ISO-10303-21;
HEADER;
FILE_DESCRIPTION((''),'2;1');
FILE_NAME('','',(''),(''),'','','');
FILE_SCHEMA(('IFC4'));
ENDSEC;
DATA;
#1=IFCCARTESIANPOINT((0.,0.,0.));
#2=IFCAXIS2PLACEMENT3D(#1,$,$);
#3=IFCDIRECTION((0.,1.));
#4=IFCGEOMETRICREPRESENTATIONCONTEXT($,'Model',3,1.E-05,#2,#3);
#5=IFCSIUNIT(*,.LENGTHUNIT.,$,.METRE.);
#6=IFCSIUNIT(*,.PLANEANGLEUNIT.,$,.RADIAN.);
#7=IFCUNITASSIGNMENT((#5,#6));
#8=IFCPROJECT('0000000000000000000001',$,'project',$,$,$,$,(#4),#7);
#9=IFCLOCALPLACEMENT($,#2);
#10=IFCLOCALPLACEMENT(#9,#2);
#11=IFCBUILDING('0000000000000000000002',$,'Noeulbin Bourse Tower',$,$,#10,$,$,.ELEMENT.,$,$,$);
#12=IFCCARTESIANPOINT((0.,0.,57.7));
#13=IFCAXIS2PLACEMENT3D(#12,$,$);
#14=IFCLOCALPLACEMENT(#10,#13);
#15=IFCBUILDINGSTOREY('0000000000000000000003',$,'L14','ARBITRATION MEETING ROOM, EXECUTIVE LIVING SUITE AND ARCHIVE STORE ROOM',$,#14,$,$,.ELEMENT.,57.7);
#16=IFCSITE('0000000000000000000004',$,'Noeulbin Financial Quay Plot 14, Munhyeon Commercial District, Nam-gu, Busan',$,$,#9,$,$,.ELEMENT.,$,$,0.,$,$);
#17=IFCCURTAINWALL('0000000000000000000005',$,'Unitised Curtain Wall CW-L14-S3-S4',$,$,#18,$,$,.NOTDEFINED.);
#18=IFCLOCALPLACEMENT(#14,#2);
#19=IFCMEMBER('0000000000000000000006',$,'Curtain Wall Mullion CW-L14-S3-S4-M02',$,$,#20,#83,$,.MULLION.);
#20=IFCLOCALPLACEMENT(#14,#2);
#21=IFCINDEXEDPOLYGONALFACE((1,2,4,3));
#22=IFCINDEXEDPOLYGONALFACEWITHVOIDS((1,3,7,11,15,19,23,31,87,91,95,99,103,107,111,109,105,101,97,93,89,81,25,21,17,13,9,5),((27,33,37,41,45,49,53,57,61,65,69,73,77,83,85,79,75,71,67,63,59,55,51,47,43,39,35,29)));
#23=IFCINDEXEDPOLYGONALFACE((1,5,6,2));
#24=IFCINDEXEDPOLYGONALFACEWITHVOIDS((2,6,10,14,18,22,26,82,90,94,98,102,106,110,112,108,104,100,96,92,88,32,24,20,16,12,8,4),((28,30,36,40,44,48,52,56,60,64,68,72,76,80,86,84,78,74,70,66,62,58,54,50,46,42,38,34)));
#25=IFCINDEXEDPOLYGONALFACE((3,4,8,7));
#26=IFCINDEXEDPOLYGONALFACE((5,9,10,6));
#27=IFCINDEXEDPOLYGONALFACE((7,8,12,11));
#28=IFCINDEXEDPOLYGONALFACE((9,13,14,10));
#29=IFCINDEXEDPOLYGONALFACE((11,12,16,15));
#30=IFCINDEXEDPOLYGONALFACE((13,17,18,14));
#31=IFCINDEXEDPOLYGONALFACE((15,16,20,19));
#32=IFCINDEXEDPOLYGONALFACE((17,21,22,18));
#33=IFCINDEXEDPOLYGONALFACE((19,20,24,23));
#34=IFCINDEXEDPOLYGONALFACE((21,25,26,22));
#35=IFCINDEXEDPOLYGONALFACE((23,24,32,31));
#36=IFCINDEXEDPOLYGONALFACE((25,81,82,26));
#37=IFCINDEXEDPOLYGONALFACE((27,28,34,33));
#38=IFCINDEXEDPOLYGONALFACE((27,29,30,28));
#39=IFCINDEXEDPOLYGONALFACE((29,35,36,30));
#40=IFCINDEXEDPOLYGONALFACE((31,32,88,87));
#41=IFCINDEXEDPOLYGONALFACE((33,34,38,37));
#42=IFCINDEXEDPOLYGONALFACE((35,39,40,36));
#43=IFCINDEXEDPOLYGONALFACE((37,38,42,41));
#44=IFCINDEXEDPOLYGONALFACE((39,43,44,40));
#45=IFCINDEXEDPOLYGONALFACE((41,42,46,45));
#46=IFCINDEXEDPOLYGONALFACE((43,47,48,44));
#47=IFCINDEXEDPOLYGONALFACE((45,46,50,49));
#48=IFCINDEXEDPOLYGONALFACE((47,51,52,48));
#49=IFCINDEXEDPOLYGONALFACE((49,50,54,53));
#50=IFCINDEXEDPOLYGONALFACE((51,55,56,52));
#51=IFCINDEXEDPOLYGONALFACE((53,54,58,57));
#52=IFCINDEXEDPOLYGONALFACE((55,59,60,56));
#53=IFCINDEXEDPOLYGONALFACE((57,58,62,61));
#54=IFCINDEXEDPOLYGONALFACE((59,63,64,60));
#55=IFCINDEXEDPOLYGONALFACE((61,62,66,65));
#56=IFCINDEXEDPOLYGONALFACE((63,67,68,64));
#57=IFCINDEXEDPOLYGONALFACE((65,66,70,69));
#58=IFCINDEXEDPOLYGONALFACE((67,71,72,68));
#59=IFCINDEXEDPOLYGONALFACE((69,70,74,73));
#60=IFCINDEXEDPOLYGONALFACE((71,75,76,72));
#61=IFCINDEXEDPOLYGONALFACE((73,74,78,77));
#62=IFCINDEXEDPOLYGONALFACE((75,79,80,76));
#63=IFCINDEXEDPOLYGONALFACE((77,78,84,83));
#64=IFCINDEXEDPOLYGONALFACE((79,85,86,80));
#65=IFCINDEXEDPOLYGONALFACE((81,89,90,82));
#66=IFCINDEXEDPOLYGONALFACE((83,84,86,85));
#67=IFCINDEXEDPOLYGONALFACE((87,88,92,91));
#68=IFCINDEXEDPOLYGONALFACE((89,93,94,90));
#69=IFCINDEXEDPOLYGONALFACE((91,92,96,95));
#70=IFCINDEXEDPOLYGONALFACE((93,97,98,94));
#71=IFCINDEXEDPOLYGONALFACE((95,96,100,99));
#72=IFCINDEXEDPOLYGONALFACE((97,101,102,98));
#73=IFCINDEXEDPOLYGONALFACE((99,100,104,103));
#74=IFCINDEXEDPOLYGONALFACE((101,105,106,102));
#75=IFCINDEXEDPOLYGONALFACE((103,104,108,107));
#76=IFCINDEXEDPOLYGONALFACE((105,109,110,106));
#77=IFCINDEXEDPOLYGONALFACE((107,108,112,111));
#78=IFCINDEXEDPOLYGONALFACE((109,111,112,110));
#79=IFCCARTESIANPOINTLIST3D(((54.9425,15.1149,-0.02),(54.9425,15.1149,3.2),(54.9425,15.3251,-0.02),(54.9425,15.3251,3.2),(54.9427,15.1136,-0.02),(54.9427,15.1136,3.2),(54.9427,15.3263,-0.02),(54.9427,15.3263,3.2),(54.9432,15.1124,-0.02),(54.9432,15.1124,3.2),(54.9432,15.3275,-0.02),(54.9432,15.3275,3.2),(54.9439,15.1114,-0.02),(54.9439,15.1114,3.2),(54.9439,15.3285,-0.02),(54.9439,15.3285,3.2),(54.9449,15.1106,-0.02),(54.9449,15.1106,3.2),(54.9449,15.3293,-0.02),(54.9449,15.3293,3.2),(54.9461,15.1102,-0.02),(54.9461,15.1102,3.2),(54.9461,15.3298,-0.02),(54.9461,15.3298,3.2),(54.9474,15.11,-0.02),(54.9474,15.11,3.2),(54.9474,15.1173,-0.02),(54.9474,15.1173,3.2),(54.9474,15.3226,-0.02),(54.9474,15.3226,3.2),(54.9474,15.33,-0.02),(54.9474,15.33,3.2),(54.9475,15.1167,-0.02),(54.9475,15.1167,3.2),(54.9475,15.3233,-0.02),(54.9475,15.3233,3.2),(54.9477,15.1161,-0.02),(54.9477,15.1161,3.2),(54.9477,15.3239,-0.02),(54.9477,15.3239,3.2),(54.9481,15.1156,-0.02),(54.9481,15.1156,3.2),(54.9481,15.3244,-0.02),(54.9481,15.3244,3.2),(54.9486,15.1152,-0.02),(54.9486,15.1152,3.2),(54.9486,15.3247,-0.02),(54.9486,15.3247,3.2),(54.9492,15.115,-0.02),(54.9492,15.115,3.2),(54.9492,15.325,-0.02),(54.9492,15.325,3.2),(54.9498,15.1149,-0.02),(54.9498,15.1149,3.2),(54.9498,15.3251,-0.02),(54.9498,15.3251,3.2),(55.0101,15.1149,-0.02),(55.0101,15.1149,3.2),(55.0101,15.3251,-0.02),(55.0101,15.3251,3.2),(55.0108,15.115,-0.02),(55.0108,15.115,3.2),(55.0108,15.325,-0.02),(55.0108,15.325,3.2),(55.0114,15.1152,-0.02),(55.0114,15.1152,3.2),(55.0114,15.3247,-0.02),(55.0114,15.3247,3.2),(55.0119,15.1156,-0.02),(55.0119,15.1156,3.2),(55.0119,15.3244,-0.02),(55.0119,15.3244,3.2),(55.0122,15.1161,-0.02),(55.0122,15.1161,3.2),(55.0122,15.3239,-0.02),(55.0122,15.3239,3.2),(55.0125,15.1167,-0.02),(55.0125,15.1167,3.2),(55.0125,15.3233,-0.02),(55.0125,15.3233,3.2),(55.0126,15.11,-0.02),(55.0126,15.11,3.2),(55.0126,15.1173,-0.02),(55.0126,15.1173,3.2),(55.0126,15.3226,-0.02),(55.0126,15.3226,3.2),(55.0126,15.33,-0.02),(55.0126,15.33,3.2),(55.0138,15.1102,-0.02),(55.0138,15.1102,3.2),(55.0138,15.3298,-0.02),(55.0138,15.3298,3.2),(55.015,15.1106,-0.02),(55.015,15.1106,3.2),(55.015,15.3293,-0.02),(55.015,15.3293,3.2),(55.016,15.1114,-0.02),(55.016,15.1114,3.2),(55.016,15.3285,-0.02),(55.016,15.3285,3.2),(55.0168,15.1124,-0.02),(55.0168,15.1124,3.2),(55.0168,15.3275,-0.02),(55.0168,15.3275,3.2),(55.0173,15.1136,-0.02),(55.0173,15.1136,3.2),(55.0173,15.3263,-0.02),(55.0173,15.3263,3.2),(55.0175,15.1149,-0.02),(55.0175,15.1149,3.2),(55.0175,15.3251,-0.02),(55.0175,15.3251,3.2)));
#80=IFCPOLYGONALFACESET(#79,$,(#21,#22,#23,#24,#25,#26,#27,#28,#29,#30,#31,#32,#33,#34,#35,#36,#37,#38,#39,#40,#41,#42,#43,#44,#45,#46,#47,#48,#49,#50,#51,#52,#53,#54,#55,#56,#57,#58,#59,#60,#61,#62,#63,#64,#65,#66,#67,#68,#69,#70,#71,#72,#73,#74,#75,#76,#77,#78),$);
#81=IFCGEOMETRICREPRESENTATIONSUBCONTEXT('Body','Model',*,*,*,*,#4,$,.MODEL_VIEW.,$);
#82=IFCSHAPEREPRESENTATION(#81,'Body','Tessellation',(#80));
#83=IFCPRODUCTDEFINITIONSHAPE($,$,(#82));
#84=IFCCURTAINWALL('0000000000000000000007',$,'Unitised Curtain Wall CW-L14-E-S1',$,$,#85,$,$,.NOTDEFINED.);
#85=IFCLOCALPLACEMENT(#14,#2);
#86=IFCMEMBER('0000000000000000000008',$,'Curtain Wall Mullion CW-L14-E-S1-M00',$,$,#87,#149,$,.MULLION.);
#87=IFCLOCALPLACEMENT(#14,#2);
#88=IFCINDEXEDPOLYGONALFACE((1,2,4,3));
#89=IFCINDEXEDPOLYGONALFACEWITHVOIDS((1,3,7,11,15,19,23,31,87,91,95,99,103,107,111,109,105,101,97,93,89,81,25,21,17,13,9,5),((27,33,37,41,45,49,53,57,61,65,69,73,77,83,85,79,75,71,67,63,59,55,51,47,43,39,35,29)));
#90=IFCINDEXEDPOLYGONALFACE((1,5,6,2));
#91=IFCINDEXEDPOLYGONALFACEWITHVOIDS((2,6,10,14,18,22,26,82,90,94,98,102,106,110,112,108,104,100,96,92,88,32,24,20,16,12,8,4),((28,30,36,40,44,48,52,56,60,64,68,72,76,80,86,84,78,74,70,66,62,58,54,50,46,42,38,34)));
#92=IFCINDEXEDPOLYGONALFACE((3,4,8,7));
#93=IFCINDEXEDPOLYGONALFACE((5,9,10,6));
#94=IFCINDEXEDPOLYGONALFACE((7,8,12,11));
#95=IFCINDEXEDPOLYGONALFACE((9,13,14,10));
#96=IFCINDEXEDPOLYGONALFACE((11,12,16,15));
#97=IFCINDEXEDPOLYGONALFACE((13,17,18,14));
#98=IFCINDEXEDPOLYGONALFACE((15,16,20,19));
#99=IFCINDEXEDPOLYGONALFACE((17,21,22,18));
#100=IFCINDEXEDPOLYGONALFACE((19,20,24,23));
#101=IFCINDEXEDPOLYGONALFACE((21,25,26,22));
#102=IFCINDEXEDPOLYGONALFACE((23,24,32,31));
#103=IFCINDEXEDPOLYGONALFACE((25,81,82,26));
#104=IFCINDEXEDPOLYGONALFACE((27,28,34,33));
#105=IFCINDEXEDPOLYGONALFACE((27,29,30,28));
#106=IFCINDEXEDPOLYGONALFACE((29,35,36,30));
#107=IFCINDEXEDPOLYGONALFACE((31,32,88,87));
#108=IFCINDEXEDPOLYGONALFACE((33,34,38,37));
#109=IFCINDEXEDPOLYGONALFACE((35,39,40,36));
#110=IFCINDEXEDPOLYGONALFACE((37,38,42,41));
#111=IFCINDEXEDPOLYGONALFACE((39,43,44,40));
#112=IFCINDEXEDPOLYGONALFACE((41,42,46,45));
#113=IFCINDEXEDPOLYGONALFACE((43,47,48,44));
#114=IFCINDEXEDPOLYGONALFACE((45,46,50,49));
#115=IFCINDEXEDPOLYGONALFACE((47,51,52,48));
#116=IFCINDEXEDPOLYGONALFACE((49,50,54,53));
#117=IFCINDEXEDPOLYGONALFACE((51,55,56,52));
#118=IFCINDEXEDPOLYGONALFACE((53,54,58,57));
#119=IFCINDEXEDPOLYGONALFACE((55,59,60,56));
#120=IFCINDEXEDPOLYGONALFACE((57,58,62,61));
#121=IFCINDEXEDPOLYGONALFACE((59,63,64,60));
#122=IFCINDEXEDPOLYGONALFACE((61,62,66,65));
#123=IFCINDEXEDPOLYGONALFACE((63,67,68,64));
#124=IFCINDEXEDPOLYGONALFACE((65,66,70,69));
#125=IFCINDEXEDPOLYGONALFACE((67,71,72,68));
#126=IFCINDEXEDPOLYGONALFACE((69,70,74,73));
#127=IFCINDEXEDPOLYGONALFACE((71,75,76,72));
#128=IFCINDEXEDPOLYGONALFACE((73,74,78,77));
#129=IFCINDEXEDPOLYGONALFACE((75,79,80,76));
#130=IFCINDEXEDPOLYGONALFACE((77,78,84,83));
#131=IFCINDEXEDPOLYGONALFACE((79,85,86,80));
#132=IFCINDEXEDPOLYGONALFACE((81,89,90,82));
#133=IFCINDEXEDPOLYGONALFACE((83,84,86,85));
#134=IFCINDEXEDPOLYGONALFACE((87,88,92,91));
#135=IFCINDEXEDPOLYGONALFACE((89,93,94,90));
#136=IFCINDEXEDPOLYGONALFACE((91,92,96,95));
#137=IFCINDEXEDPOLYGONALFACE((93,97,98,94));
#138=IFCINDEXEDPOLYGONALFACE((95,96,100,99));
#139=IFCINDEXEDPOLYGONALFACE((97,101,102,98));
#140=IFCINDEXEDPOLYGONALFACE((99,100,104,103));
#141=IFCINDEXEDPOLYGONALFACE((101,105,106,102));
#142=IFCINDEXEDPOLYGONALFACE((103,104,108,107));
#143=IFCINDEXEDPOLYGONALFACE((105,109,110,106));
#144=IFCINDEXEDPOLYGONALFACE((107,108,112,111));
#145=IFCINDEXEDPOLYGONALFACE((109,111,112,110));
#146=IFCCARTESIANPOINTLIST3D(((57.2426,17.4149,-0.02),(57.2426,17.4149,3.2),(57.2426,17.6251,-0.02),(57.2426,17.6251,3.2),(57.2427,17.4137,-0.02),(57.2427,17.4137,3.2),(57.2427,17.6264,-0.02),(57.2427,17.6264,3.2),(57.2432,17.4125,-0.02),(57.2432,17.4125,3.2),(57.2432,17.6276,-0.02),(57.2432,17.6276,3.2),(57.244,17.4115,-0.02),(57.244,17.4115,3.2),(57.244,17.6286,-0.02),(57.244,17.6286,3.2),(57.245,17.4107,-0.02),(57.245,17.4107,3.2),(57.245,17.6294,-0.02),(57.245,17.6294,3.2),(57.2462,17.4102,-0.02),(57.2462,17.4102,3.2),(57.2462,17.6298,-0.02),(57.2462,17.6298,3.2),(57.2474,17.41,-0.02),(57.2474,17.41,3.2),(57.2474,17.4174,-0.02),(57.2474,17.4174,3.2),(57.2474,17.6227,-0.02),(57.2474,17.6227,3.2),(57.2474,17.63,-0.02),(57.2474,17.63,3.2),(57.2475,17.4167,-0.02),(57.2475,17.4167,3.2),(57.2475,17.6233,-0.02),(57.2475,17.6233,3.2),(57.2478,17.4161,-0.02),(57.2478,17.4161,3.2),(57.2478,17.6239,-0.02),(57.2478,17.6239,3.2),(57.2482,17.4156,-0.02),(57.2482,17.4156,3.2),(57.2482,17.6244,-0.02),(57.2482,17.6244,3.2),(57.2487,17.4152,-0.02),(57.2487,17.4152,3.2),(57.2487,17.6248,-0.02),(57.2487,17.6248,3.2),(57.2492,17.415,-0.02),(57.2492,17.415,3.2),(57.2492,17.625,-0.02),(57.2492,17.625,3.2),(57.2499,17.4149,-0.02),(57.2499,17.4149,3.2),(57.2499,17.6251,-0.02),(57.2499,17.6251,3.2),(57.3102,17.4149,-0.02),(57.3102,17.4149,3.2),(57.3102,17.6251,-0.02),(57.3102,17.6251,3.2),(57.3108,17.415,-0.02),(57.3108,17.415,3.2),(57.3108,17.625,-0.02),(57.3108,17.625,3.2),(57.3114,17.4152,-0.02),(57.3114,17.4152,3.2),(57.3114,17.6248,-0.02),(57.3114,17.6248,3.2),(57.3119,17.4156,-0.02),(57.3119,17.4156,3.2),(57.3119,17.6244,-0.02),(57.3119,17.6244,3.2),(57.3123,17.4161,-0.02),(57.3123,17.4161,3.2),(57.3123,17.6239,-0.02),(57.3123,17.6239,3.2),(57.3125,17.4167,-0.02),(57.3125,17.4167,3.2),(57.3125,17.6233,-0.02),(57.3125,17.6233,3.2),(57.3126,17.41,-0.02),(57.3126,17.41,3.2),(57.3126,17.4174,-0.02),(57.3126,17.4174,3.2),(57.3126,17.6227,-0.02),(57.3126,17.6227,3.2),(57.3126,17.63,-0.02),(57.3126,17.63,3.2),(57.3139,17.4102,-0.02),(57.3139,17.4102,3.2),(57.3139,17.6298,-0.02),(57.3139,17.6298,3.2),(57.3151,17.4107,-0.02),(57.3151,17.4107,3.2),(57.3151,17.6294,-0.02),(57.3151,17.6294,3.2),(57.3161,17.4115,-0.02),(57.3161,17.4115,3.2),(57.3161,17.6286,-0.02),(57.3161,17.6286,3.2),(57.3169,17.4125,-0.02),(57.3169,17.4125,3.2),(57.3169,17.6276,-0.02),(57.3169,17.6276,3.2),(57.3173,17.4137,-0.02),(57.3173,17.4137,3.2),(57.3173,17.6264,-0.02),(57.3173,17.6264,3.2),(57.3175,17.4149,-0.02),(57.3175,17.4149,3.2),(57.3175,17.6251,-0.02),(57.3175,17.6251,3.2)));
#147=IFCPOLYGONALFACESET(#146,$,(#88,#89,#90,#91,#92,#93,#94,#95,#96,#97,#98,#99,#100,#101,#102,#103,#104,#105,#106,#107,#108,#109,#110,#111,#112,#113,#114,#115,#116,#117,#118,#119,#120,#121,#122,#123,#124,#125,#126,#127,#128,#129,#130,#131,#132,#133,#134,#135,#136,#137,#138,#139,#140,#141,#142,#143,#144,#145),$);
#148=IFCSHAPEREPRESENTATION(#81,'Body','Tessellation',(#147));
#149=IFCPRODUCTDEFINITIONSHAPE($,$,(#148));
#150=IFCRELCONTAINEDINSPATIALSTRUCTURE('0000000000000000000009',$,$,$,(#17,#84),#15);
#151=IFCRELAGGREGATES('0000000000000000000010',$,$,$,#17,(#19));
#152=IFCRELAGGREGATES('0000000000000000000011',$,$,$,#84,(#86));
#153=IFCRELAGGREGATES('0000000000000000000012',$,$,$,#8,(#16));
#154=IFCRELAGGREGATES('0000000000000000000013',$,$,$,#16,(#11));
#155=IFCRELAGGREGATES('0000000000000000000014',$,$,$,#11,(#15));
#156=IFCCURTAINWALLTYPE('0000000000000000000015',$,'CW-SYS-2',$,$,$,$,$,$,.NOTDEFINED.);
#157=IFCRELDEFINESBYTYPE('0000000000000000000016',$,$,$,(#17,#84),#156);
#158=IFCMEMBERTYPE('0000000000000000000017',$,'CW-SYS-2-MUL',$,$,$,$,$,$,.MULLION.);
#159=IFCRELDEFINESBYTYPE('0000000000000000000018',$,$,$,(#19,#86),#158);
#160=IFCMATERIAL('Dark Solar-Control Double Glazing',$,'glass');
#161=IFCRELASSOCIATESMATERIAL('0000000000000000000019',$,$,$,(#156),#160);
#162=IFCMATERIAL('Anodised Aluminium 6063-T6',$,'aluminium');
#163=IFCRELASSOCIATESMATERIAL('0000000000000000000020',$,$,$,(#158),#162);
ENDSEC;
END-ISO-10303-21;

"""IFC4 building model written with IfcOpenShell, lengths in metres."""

from ifc_helpers import new_model, si_unit, direction, frame, origin, origin_2d, place, context, subcontext, project, spatial, hollow_rectangle, extrude, material, material_profile, profile_set, type_object, element, aggregate, save


model = new_model("IFC4")

# Units and contexts
model_context = context("Model", 3, precision=1e-05, world=origin(), true_north=direction((0.0, 1.0)))
body_context = subcontext(model_context, "Body", "Model", "MODEL_VIEW")
ifc_project = project(units=[si_unit("LENGTHUNIT", "METRE"), si_unit("PLANEANGLEUNIT", "RADIAN")], contexts=[model_context])

# Site, building, storey
site_placement = place(None, origin())
site = spatial("IfcSite", under=ifc_project, at=site_placement, Name="Noeulbin Financial Quay Plot 14, Munhyeon Commercial District, Nam-gu, Busan", CompositionType="ELEMENT", RefElevation=0.0)
building_placement = place(site_placement, origin())
building = spatial("IfcBuilding", under=site, at=building_placement, Name="Noeulbin Bourse Tower", CompositionType="ELEMENT")
storey_placement = place(building_placement, frame((0.0, 0.0, 57.7)))
storey = spatial("IfcBuildingStorey", under=building, at=storey_placement, Name="L14", Description="ARBITRATION MEETING ROOM, EXECUTIVE LIVING SUITE AND ARCHIVE STORE ROOM", CompositionType="ELEMENT", Elevation=57.7)

# Curtain walls, members
ifc_material_1 = material(Name="Dark Solar-Control Double Glazing", Category="glass")
curtain_wall_type = type_object("IfcCurtainWallType", Name="CW-SYS-2", PredefinedType="NOTDEFINED", material=ifc_material_1)
curtain_wall_1_placement = place(storey_placement, origin())
curtain_wall_1 = element("IfcCurtainWall", 1, at=curtain_wall_1_placement, inside=storey, type_object=curtain_wall_type, Name="Unitised Curtain Wall CW-L14-S3-S4", PredefinedType="NOTDEFINED")
ifc_material_2 = material(Name="Anodised Aluminium 6063-T6", Category="aluminium")
ifc_material_profile_1 = material_profile(ifc_material_2, hollow_rectangle(XDim=0.075, YDim=0.22, WallThickness=0.0049, InnerFilletRadius=0.0024, OuterFilletRadius=0.0049, at=origin_2d()), Name="ALU-MULL-75x220x5", Category="LoadBearing")
ifc_profile_set_1 = profile_set([ifc_material_profile_1], Name="Anodised Aluminium 6063-T6")
member_type_1 = type_object("IfcMemberType", Name="CW-SYS-2-MUL", PredefinedType="MULLION", material=ifc_profile_set_1)
member_1_placement = place(storey_placement, frame((54.98, 15.22, -0.02), z_axis=(0.0, 0.0, 1.0), x_axis=(1.0, 0.0, 0.0)))
member_1 = element("IfcMember", 2, at=member_1_placement, type_object=member_type_1, Name="Curtain Wall Mullion CW-L14-S3-S4-M02", PredefinedType="MULLION", context=body_context, shape_type="SweptSolid", body=[
    extrude(hollow_rectangle(XDim=0.075, YDim=0.22, WallThickness=0.0049, InnerFilletRadius=0.0024, OuterFilletRadius=0.0049, at=origin_2d()), origin(), (0.0, 0.0, 1.0), 3.22),
])
curtain_wall_2_placement = place(storey_placement, origin())
curtain_wall_2 = element("IfcCurtainWall", 3, at=curtain_wall_2_placement, inside=storey, type_object=curtain_wall_type, Name="Unitised Curtain Wall CW-L14-E-S1", PredefinedType="NOTDEFINED")
member_2_placement = place(storey_placement, frame((57.28, 17.52, -0.02), z_axis=(0.0, 0.0, 1.0), x_axis=(1.0, 0.0, 0.0)))
member_2 = element("IfcMember", 4, at=member_2_placement, type_object=member_type_1, Name="Curtain Wall Mullion CW-L14-E-S1-M00", PredefinedType="MULLION", context=body_context, shape_type="SweptSolid", body=[
    extrude(hollow_rectangle(XDim=0.075, YDim=0.22, WallThickness=0.0049, InnerFilletRadius=0.0024, OuterFilletRadius=0.0049, at=origin_2d()), origin(), (0.0, 0.0, 1.0), 3.22),
])

aggregate(curtain_wall_1, [member_1])
aggregate(curtain_wall_2, [member_2])

save(model, "model.ifc")
